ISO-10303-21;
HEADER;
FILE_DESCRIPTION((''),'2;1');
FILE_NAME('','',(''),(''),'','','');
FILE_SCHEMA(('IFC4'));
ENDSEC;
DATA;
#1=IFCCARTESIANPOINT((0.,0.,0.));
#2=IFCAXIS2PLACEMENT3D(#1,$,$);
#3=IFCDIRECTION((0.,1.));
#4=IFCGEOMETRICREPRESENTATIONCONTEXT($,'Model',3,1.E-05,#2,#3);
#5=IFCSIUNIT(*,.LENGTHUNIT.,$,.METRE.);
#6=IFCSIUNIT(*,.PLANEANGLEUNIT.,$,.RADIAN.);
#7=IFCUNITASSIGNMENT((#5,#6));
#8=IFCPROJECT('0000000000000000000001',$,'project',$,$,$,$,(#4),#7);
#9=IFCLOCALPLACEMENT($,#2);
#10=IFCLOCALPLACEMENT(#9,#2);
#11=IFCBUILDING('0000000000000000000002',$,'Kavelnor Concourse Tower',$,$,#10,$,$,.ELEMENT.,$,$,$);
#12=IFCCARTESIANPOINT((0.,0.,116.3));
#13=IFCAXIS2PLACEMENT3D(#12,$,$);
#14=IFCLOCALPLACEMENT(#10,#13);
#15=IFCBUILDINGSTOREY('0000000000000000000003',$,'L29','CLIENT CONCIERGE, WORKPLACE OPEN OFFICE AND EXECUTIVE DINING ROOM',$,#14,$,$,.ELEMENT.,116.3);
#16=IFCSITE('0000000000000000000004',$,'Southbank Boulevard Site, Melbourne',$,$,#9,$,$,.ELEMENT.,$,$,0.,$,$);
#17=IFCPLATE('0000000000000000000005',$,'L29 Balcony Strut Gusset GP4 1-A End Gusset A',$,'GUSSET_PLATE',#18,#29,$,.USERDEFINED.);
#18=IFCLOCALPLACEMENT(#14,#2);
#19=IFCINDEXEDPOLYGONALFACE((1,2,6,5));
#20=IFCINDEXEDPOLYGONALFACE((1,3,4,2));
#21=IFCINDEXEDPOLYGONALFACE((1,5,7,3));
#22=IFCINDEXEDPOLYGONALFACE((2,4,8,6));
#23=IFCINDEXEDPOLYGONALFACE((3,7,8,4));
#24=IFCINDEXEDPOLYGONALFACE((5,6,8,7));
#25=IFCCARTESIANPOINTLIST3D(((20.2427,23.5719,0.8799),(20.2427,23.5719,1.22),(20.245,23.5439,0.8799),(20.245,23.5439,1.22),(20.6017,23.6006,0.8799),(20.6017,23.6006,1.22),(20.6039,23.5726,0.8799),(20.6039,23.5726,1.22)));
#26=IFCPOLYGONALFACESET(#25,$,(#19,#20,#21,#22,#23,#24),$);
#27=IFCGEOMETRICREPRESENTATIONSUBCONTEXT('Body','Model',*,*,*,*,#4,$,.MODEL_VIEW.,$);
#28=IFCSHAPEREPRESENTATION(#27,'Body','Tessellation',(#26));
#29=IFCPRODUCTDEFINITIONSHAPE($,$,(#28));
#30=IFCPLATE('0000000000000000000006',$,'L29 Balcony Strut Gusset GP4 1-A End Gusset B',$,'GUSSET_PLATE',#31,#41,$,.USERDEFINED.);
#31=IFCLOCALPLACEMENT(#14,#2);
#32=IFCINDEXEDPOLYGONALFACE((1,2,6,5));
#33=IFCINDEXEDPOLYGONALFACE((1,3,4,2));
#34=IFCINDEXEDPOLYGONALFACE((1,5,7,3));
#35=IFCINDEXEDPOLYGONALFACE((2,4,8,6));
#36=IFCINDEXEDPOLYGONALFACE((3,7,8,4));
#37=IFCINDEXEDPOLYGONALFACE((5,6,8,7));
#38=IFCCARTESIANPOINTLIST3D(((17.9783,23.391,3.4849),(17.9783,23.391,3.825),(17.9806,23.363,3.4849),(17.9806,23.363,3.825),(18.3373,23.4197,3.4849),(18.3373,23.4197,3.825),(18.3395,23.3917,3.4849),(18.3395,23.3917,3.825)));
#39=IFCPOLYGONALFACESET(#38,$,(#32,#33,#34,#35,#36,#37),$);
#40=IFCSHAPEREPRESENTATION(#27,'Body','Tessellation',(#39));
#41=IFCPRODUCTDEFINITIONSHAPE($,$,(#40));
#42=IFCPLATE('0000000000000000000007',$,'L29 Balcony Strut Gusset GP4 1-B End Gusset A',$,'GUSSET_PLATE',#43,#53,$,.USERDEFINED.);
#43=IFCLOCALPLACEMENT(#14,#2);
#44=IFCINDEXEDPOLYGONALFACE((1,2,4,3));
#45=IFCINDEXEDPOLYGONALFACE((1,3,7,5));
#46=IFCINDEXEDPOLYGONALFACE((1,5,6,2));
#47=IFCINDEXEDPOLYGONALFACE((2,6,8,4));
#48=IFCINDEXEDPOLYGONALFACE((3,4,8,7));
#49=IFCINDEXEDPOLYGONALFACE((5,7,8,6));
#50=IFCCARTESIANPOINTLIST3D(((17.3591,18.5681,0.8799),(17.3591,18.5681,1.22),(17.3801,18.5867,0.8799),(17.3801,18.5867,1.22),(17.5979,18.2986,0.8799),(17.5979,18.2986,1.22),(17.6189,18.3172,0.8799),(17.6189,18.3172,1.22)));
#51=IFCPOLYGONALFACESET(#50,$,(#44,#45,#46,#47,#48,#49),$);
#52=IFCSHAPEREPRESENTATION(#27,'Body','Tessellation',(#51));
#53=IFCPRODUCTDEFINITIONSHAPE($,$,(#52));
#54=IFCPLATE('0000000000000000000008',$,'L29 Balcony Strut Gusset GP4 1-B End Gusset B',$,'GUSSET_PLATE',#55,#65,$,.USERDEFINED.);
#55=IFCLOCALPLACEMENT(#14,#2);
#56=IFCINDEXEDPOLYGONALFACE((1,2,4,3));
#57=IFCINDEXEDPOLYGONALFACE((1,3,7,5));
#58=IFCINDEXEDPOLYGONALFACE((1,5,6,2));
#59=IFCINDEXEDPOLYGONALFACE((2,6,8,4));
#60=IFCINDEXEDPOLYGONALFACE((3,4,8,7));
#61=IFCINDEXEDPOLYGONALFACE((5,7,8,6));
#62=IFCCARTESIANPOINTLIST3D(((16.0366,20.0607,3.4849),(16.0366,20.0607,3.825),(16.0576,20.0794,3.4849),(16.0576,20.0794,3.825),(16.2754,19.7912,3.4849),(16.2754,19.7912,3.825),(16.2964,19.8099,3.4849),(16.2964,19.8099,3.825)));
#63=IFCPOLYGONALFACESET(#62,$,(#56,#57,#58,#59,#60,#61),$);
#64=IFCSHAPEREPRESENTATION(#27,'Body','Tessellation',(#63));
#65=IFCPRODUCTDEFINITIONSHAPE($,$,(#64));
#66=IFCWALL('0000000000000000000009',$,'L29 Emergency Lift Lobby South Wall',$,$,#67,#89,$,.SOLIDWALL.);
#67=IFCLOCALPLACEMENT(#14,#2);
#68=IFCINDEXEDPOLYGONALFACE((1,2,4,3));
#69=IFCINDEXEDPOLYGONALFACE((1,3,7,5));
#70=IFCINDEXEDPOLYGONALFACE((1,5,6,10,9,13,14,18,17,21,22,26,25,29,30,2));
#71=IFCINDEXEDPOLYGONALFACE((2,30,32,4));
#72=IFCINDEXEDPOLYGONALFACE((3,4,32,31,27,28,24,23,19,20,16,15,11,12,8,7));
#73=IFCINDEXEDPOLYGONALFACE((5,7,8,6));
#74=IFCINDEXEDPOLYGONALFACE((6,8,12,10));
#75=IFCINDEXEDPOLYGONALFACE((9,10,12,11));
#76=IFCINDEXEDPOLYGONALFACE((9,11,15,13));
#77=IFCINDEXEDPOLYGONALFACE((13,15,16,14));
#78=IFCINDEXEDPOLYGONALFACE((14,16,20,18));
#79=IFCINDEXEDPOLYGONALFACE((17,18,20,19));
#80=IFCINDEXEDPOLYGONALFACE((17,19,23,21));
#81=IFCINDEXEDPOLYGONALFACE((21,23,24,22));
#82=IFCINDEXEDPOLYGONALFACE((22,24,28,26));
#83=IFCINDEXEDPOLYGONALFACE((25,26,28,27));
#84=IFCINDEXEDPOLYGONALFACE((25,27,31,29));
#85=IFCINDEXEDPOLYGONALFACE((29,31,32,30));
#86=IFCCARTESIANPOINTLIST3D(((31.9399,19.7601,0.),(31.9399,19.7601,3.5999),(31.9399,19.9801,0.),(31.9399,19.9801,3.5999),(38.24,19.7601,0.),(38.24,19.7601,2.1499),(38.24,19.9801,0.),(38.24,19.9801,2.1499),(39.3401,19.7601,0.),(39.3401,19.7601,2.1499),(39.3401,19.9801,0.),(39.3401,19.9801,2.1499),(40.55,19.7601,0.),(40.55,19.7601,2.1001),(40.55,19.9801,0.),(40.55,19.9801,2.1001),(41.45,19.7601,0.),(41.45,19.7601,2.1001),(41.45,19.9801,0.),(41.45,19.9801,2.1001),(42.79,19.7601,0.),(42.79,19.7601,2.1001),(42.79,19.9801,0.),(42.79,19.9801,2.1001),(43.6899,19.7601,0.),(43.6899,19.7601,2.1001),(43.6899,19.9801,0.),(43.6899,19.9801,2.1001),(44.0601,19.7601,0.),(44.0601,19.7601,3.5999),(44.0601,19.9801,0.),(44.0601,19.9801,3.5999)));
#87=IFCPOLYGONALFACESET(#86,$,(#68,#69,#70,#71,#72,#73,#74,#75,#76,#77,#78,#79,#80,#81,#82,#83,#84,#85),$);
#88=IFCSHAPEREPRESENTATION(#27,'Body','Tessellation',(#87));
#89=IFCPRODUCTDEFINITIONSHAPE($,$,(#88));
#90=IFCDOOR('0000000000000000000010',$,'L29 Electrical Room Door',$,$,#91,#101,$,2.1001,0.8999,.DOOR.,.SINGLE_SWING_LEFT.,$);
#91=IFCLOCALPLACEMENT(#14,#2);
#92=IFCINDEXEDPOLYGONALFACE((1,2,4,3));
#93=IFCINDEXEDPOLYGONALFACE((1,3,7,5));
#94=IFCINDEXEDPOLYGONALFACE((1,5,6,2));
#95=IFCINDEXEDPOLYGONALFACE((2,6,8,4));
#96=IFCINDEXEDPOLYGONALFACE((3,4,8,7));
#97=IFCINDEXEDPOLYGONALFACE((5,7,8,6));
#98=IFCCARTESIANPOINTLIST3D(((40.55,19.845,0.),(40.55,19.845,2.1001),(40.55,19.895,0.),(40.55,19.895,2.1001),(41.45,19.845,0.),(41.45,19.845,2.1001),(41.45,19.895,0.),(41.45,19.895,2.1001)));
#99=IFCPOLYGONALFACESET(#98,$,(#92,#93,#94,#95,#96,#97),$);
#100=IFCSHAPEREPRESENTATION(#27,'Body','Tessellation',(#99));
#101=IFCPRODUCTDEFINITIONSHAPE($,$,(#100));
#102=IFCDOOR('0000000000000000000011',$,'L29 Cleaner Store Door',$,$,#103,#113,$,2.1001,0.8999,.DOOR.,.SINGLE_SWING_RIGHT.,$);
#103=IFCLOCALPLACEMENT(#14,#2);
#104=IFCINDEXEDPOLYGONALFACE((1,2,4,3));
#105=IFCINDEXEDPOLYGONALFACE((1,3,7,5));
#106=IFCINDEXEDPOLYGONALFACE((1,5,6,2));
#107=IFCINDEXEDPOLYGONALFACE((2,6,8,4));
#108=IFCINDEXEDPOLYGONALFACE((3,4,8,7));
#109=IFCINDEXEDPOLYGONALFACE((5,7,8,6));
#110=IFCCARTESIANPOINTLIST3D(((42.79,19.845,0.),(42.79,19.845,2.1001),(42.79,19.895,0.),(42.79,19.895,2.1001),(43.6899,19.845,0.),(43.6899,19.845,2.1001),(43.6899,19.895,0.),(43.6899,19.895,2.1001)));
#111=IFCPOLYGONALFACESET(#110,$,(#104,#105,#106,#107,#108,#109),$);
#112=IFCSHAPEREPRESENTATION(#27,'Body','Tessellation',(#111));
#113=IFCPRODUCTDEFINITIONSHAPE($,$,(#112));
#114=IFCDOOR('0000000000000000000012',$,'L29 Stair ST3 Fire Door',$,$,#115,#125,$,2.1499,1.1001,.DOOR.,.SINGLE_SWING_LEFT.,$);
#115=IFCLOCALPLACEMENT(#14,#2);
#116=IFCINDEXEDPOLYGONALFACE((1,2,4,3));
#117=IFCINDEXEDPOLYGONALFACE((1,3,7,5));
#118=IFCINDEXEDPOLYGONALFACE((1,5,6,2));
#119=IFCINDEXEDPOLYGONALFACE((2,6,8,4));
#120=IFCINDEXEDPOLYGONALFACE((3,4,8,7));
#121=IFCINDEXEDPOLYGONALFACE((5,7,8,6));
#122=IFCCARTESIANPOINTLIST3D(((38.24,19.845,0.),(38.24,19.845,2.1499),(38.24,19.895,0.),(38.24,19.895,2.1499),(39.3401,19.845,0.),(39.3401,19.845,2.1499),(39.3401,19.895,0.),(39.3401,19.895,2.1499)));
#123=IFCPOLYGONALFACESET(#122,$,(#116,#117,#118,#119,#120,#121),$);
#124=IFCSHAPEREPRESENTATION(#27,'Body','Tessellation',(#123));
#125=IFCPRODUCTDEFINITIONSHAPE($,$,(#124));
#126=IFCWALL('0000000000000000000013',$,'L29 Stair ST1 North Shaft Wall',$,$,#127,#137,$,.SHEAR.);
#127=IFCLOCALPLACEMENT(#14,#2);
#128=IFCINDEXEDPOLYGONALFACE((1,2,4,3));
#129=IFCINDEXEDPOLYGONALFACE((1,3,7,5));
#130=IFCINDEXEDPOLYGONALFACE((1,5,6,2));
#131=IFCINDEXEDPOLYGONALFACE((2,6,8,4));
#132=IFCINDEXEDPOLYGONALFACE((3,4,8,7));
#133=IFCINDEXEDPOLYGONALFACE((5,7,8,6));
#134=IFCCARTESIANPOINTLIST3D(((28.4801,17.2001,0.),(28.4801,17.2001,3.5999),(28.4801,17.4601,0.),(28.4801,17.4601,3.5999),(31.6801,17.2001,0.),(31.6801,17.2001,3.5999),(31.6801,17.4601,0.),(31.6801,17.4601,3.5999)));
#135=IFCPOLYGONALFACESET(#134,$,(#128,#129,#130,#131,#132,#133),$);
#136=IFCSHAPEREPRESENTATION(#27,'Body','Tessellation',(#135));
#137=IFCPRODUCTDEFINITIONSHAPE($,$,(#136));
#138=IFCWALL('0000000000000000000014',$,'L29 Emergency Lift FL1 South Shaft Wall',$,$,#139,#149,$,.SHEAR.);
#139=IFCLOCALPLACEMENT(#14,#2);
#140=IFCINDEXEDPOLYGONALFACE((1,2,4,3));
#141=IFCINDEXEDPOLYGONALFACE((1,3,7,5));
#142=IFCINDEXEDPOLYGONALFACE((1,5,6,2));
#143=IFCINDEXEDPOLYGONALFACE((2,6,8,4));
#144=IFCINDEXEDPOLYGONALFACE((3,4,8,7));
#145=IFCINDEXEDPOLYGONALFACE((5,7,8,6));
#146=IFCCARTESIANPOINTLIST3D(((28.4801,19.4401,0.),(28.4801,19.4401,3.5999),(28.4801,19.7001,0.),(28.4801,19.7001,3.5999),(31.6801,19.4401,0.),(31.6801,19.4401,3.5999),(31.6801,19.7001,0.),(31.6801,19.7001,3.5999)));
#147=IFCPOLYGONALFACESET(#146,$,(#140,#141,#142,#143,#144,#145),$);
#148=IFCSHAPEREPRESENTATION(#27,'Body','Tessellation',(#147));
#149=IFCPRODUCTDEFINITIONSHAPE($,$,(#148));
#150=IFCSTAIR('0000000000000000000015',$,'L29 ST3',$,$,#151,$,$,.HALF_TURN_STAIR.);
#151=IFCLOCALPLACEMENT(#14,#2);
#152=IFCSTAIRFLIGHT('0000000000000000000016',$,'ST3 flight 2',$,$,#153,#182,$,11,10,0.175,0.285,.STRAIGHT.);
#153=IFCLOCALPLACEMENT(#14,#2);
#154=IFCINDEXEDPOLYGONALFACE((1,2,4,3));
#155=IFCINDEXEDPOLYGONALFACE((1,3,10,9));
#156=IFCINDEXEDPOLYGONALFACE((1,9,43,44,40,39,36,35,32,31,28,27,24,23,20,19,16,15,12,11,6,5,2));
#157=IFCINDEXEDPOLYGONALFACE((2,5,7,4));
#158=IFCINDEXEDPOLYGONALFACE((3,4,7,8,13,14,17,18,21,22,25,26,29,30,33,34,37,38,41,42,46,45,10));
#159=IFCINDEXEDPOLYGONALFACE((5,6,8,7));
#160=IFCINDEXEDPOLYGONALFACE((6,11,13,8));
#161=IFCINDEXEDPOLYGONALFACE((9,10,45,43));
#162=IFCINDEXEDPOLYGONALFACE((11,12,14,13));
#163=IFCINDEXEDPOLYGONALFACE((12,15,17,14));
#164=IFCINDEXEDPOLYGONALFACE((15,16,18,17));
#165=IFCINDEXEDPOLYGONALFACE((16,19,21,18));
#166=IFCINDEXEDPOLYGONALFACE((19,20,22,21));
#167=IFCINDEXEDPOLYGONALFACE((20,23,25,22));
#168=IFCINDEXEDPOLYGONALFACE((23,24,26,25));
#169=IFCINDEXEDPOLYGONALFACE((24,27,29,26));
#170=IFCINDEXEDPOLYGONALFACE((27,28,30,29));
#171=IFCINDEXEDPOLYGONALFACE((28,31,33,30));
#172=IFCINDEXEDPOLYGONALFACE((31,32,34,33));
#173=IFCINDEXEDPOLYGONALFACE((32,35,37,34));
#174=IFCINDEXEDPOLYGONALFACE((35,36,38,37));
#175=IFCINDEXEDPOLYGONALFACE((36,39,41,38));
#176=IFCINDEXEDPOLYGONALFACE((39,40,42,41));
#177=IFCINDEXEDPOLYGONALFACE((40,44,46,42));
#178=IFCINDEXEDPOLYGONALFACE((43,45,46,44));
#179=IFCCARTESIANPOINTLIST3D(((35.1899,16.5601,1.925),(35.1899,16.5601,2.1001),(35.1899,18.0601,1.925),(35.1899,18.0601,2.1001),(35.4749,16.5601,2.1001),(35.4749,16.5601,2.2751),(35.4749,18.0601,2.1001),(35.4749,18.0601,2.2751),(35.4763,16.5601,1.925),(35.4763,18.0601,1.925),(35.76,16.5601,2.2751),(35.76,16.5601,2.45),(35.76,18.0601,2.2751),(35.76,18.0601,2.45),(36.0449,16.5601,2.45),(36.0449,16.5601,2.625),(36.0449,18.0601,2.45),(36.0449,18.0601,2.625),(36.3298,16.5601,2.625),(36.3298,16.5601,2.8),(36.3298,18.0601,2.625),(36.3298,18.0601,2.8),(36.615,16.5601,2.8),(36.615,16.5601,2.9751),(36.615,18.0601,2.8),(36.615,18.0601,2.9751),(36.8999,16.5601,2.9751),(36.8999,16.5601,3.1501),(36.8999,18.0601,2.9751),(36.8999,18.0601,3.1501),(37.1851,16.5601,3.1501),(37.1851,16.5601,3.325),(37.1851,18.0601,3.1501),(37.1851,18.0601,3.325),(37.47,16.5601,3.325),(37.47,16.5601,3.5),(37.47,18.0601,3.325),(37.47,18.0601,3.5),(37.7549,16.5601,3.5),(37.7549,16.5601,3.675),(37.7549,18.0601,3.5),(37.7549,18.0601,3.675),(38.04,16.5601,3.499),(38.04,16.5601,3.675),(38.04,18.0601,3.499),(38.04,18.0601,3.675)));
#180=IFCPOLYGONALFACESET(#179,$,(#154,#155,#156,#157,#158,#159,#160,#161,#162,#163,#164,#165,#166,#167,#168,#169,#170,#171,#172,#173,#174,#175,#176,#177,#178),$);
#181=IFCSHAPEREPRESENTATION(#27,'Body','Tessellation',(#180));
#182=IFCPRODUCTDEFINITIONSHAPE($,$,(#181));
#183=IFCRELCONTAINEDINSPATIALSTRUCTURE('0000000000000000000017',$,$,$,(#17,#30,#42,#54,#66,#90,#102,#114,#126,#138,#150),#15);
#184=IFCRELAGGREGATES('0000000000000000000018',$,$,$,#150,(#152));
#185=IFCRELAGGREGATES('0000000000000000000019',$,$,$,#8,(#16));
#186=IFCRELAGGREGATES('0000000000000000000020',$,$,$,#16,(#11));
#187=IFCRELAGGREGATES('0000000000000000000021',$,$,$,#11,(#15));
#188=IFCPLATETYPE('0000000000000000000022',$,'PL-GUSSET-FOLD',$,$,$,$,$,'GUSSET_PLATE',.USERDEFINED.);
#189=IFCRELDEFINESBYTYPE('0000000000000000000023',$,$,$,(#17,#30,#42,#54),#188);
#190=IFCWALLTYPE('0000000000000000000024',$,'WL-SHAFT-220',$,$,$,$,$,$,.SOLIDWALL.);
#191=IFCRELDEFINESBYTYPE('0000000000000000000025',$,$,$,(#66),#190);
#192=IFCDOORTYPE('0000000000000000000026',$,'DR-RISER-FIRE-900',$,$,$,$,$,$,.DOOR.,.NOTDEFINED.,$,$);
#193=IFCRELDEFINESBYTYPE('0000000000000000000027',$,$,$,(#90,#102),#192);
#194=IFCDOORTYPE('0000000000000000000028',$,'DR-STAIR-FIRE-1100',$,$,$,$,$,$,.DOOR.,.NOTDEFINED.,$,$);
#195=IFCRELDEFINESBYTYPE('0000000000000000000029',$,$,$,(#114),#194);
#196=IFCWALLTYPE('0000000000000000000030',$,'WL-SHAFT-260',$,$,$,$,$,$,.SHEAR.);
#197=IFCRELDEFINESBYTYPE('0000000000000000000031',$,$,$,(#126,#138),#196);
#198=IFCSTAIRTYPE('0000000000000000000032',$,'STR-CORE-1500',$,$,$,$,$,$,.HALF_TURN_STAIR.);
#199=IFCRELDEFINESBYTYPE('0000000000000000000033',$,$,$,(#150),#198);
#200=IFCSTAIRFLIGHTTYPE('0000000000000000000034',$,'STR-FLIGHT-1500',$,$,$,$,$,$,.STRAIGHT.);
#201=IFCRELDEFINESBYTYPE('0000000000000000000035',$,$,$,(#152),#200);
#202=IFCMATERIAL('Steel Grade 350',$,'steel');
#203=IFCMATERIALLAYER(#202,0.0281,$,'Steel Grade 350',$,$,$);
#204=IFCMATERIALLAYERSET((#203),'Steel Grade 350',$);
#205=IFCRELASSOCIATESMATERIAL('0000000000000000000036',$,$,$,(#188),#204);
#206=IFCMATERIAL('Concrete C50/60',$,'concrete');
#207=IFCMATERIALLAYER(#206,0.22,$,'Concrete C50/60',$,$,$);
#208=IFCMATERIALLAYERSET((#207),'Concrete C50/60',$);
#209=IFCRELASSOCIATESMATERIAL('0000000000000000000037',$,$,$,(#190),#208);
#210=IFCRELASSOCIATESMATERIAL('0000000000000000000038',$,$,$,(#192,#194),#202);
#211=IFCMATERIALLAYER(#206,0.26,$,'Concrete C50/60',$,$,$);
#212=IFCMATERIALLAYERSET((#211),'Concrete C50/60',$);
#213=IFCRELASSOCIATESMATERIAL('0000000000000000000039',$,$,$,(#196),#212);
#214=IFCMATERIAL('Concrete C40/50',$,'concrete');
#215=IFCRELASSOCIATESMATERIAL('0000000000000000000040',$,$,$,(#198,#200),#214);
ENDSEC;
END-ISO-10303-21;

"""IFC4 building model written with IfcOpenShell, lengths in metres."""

from ifc_helpers import new_model, si_unit, direction, frame, frame_2d, origin, origin_2d, place, context, subcontext, project, spatial, polyline, rectangle, outline, extrude, material, layer, layer_set, type_object, element, fill, aggregate, save


model = new_model("IFC4")

# Units and contexts
model_context = context("Model", 3, precision=1e-05, world=origin(), true_north=direction((0.0, 1.0)))
body_context = subcontext(model_context, "Body", "Model", "MODEL_VIEW")
ifc_project = project(units=[si_unit("LENGTHUNIT", "METRE"), si_unit("PLANEANGLEUNIT", "RADIAN")], contexts=[model_context])

# Site, building, storey
site_placement = place(None, origin())
site = spatial("IfcSite", under=ifc_project, at=site_placement, Name="Southbank Boulevard Site, Melbourne", CompositionType="ELEMENT", RefElevation=0.0)
building_placement = place(site_placement, origin())
building = spatial("IfcBuilding", under=site, at=building_placement, Name="Kavelnor Concourse Tower", CompositionType="ELEMENT")
storey_placement = place(building_placement, frame((0.0, 0.0, 116.3)))
storey = spatial("IfcBuildingStorey", under=building, at=storey_placement, Name="L29", Description="CLIENT CONCIERGE, WORKPLACE OPEN OFFICE AND EXECUTIVE DINING ROOM", CompositionType="ELEMENT", Elevation=116.3)

# Shared definitions
ifc_material_1 = material(Name="Steel Grade 350", Category="steel")

# Plates
ifc_layer_1 = layer(ifc_material_1, 0.0281, Name="Steel Grade 350")
ifc_layer_set_1 = layer_set([ifc_layer_1], Name="Steel Grade 350")
plate_type = type_object("IfcPlateType", Name="PL-GUSSET-FOLD", ElementType="GUSSET_PLATE", PredefinedType="USERDEFINED", material=ifc_layer_set_1)
for number, where, z_axis, x_axis, name in (
    (1, (20.4233, 23.5723, 0.8799), (0.0, 0.0, 1.0), (-0.996821, -0.079677, 0.0), "L29 Balcony Strut Gusset GP4 1-A End Gusset A"),
    (2, (18.1589, 23.3914, 3.4849), (0.0, 0.0, 1.0), (-0.996821, -0.079677, 0.0), "L29 Balcony Strut Gusset GP4 1-A End Gusset B"),
    (3, (17.489, 18.4426, 0.8799), (0.0, 0.0, 1.0), (-0.663273, 0.748377, 0.0), "L29 Balcony Strut Gusset GP4 1-B End Gusset A"),
    (4, (16.1665, 19.9353, 3.4849), (0.0, 0.0, 1.0), (-0.663273, 0.748377, 0.0), "L29 Balcony Strut Gusset GP4 1-B End Gusset B"),
):
    element("IfcPlate", number, at=place(storey_placement, frame(where, z_axis=z_axis, x_axis=x_axis)), inside=storey, type_object=plate_type, Name=name, ObjectType="GUSSET_PLATE", PredefinedType="USERDEFINED", context=body_context, shape_type="SweptSolid", body=[
        extrude(rectangle(XDim=0.3601, YDim=0.0281, at=origin_2d()), origin(), (0.0, 0.0, 1.0), 0.3401),
    ])

# Wall, openings, doors
ifc_material_2 = material(Name="Concrete C50/60", Category="concrete")
ifc_layer_2 = layer(ifc_material_2, 0.22, Name="Concrete C50/60")
ifc_layer_set_2 = layer_set([ifc_layer_2], Name="Concrete C50/60")
wall_type_1 = type_object("IfcWallType", Name="WL-SHAFT-220", PredefinedType="SOLIDWALL", material=ifc_layer_set_2)
wall_1_placement = place(storey_placement, frame((31.9399, 19.8701, 0.0), z_axis=(0.0, 0.0, 1.0), x_axis=(1.0, 0.0, 0.0)))
wall_1 = element("IfcWall", 5, at=wall_1_placement, inside=storey, type_object=wall_type_1, Name="L29 Emergency Lift Lobby South Wall", PredefinedType="SOLIDWALL", context=body_context, shape_type="SweptSolid", body=[
    extrude(rectangle(XDim=12.1201, YDim=0.22, at=frame_2d((6.0601, 0.0))), origin(), (0.0, 0.0, 1.0), 3.5999),
])
opening_1_placement = place(wall_1_placement, frame((6.3, 0.0, 0.0)))
opening_1 = element("IfcOpeningElement", 6, at=opening_1_placement, cuts=wall_1, PredefinedType="OPENING", context=body_context, shape_type="SweptSolid", body=[
    extrude(rectangle(XDim=1.1001, YDim=2.1499, at=frame_2d((0.55, 1.075))), frame((0.0, 0.1201, 0.0), z_axis=(0.0, -1.0, 0.0), x_axis=(1.0, 0.0, 0.0)), (0.0, 0.0, 1.0), 0.24),
])
opening_2_placement = place(wall_1_placement, frame((8.6101, 0.0, 0.0)))
opening_2 = element("IfcOpeningElement", 7, at=opening_2_placement, cuts=wall_1, PredefinedType="OPENING", context=body_context, shape_type="SweptSolid", body=[
    extrude(rectangle(XDim=0.8999, YDim=2.1001, at=frame_2d((0.45, 1.05))), frame((0.0, 0.1201, 0.0), z_axis=(0.0, -1.0, 0.0), x_axis=(1.0, 0.0, 0.0)), (0.0, 0.0, 1.0), 0.24),
])
opening_3_placement = place(wall_1_placement, frame((10.8501, 0.0, 0.0)))
opening_3 = element("IfcOpeningElement", 8, at=opening_3_placement, cuts=wall_1, PredefinedType="OPENING", context=body_context, shape_type="SweptSolid", body=[
    extrude(rectangle(XDim=0.8999, YDim=2.1001, at=frame_2d((0.45, 1.05))), frame((0.0, 0.1201, 0.0), z_axis=(0.0, -1.0, 0.0), x_axis=(1.0, 0.0, 0.0)), (0.0, 0.0, 1.0), 0.24),
])
door_type_1 = type_object("IfcDoorType", Name="DR-RISER-FIRE-900", OperationType="NOTDEFINED", PredefinedType="DOOR", material=ifc_material_1)
door_1_placement = place(opening_2_placement, origin())
door_1 = element("IfcDoor", 9, at=door_1_placement, inside=storey, type_object=door_type_1, Name="L29 Electrical Room Door", OperationType="SINGLE_SWING_LEFT", OverallHeight=2.1001, OverallWidth=0.8999, PredefinedType="DOOR", context=body_context, shape_type="SweptSolid", body=[
    extrude(rectangle(XDim=0.8999, YDim=2.1001, at=frame_2d((0.45, 1.05))), frame((0.0, 0.0249, 0.0), z_axis=(0.0, -1.0, 0.0), x_axis=(1.0, 0.0, 0.0)), (0.0, 0.0, 1.0), 0.05),
])
fill(opening_2, door_1)
door_2_placement = place(opening_3_placement, origin())
door_2 = element("IfcDoor", 10, at=door_2_placement, inside=storey, type_object=door_type_1, Name="L29 Cleaner Store Door", OperationType="SINGLE_SWING_RIGHT", OverallHeight=2.1001, OverallWidth=0.8999, PredefinedType="DOOR", context=body_context, shape_type="SweptSolid", body=[
    extrude(rectangle(XDim=0.8999, YDim=2.1001, at=frame_2d((0.45, 1.05))), frame((0.0, 0.0249, 0.0), z_axis=(0.0, -1.0, 0.0), x_axis=(1.0, 0.0, 0.0)), (0.0, 0.0, 1.0), 0.05),
])
fill(opening_3, door_2)
door_type_2 = type_object("IfcDoorType", Name="DR-STAIR-FIRE-1100", OperationType="NOTDEFINED", PredefinedType="DOOR", material=ifc_material_1)
door_3_placement = place(opening_1_placement, origin())
door_3 = element("IfcDoor", 11, at=door_3_placement, inside=storey, type_object=door_type_2, Name="L29 Stair ST3 Fire Door", OperationType="SINGLE_SWING_LEFT", OverallHeight=2.1499, OverallWidth=1.1001, PredefinedType="DOOR", context=body_context, shape_type="SweptSolid", body=[
    extrude(rectangle(XDim=1.1001, YDim=2.1499, at=frame_2d((0.55, 1.075))), frame((0.0, 0.0249, 0.0), z_axis=(0.0, -1.0, 0.0), x_axis=(1.0, 0.0, 0.0)), (0.0, 0.0, 1.0), 0.05),
])
fill(opening_1, door_3)

# Walls
ifc_layer_3 = layer(ifc_material_2, 0.26, Name="Concrete C50/60")
ifc_layer_set_3 = layer_set([ifc_layer_3], Name="Concrete C50/60")
wall_type_2 = type_object("IfcWallType", Name="WL-SHAFT-260", PredefinedType="SHEAR", material=ifc_layer_set_3)
for number, where, z_axis, x_axis, name in (
    (12, (28.48, 17.3301, 0.0), (0.0, 0.0, 1.0), (1.0, 0.0, 0.0), "L29 Stair ST1 North Shaft Wall"),
    (13, (28.48, 19.5701, 0.0), (0.0, 0.0, 1.0), (1.0, 0.0, 0.0), "L29 Emergency Lift FL1 South Shaft Wall"),
):
    element("IfcWall", number, at=place(storey_placement, frame(where, z_axis=z_axis, x_axis=x_axis)), inside=storey, type_object=wall_type_2, Name=name, PredefinedType="SHEAR", context=body_context, shape_type="SweptSolid", body=[
        extrude(rectangle(XDim=3.2, YDim=0.26, at=frame_2d((1.6001, 0.0))), origin(), (0.0, 0.0, 1.0), 3.5999),
    ])

# Stair, stair flight
ifc_material_3 = material(Name="Concrete C40/50", Category="concrete")
stair_type = type_object("IfcStairType", Name="STR-CORE-1500", PredefinedType="HALF_TURN_STAIR", material=ifc_material_3)
stair_placement = place(storey_placement, origin())
stair = element("IfcStair", 14, at=stair_placement, inside=storey, type_object=stair_type, Name="L29 ST3", PredefinedType="HALF_TURN_STAIR")
stair_flight_type = type_object("IfcStairFlightType", Name="STR-FLIGHT-1500", PredefinedType="STRAIGHT", material=ifc_material_3)
stair_flight_placement = place(storey_placement, frame((35.1899, 17.3101, 1.925), z_axis=(0.0, 0.0, 1.0), x_axis=(1.0, 0.0, 0.0)))
stair_flight = element("IfcStairFlight", 15, at=stair_flight_placement, type_object=stair_flight_type, Name="ST3 flight 2", NumberOfRisers=11, NumberOfTreads=10, PredefinedType="STRAIGHT", RiserHeight=0.175, TreadLength=0.285, context=body_context, shape_type="SweptSolid", body=[
    extrude(outline(polyline([(0.0, 0.0), (0.0, 0.175), (0.2849, 0.175), (0.2849, 0.3501), (0.5701, 0.3501), (0.5701, 0.5249), (0.855, 0.5249), (0.855, 0.7), (1.1399, 0.7), (1.1399, 0.875), (1.425, 0.875), (1.425, 1.05), (1.71, 1.05), (1.71, 1.2251), (1.9951, 1.2251), (1.9951, 1.3999), (2.28, 1.3999), (2.28, 1.575), (2.5649, 1.575), (2.5649, 1.75), (2.8501, 1.75), (2.8501, 1.925), (2.8501, 1.574), (0.2864, 0.0), (0.0, 0.0)])), frame((0.0, 0.75, 0.0), z_axis=(0.0, -1.0, 0.0), x_axis=(1.0, 0.0, 0.0)), (0.0, 0.0, 1.0), 1.5),
])
aggregate(stair, [stair_flight])

save(model, "model.ifc")
